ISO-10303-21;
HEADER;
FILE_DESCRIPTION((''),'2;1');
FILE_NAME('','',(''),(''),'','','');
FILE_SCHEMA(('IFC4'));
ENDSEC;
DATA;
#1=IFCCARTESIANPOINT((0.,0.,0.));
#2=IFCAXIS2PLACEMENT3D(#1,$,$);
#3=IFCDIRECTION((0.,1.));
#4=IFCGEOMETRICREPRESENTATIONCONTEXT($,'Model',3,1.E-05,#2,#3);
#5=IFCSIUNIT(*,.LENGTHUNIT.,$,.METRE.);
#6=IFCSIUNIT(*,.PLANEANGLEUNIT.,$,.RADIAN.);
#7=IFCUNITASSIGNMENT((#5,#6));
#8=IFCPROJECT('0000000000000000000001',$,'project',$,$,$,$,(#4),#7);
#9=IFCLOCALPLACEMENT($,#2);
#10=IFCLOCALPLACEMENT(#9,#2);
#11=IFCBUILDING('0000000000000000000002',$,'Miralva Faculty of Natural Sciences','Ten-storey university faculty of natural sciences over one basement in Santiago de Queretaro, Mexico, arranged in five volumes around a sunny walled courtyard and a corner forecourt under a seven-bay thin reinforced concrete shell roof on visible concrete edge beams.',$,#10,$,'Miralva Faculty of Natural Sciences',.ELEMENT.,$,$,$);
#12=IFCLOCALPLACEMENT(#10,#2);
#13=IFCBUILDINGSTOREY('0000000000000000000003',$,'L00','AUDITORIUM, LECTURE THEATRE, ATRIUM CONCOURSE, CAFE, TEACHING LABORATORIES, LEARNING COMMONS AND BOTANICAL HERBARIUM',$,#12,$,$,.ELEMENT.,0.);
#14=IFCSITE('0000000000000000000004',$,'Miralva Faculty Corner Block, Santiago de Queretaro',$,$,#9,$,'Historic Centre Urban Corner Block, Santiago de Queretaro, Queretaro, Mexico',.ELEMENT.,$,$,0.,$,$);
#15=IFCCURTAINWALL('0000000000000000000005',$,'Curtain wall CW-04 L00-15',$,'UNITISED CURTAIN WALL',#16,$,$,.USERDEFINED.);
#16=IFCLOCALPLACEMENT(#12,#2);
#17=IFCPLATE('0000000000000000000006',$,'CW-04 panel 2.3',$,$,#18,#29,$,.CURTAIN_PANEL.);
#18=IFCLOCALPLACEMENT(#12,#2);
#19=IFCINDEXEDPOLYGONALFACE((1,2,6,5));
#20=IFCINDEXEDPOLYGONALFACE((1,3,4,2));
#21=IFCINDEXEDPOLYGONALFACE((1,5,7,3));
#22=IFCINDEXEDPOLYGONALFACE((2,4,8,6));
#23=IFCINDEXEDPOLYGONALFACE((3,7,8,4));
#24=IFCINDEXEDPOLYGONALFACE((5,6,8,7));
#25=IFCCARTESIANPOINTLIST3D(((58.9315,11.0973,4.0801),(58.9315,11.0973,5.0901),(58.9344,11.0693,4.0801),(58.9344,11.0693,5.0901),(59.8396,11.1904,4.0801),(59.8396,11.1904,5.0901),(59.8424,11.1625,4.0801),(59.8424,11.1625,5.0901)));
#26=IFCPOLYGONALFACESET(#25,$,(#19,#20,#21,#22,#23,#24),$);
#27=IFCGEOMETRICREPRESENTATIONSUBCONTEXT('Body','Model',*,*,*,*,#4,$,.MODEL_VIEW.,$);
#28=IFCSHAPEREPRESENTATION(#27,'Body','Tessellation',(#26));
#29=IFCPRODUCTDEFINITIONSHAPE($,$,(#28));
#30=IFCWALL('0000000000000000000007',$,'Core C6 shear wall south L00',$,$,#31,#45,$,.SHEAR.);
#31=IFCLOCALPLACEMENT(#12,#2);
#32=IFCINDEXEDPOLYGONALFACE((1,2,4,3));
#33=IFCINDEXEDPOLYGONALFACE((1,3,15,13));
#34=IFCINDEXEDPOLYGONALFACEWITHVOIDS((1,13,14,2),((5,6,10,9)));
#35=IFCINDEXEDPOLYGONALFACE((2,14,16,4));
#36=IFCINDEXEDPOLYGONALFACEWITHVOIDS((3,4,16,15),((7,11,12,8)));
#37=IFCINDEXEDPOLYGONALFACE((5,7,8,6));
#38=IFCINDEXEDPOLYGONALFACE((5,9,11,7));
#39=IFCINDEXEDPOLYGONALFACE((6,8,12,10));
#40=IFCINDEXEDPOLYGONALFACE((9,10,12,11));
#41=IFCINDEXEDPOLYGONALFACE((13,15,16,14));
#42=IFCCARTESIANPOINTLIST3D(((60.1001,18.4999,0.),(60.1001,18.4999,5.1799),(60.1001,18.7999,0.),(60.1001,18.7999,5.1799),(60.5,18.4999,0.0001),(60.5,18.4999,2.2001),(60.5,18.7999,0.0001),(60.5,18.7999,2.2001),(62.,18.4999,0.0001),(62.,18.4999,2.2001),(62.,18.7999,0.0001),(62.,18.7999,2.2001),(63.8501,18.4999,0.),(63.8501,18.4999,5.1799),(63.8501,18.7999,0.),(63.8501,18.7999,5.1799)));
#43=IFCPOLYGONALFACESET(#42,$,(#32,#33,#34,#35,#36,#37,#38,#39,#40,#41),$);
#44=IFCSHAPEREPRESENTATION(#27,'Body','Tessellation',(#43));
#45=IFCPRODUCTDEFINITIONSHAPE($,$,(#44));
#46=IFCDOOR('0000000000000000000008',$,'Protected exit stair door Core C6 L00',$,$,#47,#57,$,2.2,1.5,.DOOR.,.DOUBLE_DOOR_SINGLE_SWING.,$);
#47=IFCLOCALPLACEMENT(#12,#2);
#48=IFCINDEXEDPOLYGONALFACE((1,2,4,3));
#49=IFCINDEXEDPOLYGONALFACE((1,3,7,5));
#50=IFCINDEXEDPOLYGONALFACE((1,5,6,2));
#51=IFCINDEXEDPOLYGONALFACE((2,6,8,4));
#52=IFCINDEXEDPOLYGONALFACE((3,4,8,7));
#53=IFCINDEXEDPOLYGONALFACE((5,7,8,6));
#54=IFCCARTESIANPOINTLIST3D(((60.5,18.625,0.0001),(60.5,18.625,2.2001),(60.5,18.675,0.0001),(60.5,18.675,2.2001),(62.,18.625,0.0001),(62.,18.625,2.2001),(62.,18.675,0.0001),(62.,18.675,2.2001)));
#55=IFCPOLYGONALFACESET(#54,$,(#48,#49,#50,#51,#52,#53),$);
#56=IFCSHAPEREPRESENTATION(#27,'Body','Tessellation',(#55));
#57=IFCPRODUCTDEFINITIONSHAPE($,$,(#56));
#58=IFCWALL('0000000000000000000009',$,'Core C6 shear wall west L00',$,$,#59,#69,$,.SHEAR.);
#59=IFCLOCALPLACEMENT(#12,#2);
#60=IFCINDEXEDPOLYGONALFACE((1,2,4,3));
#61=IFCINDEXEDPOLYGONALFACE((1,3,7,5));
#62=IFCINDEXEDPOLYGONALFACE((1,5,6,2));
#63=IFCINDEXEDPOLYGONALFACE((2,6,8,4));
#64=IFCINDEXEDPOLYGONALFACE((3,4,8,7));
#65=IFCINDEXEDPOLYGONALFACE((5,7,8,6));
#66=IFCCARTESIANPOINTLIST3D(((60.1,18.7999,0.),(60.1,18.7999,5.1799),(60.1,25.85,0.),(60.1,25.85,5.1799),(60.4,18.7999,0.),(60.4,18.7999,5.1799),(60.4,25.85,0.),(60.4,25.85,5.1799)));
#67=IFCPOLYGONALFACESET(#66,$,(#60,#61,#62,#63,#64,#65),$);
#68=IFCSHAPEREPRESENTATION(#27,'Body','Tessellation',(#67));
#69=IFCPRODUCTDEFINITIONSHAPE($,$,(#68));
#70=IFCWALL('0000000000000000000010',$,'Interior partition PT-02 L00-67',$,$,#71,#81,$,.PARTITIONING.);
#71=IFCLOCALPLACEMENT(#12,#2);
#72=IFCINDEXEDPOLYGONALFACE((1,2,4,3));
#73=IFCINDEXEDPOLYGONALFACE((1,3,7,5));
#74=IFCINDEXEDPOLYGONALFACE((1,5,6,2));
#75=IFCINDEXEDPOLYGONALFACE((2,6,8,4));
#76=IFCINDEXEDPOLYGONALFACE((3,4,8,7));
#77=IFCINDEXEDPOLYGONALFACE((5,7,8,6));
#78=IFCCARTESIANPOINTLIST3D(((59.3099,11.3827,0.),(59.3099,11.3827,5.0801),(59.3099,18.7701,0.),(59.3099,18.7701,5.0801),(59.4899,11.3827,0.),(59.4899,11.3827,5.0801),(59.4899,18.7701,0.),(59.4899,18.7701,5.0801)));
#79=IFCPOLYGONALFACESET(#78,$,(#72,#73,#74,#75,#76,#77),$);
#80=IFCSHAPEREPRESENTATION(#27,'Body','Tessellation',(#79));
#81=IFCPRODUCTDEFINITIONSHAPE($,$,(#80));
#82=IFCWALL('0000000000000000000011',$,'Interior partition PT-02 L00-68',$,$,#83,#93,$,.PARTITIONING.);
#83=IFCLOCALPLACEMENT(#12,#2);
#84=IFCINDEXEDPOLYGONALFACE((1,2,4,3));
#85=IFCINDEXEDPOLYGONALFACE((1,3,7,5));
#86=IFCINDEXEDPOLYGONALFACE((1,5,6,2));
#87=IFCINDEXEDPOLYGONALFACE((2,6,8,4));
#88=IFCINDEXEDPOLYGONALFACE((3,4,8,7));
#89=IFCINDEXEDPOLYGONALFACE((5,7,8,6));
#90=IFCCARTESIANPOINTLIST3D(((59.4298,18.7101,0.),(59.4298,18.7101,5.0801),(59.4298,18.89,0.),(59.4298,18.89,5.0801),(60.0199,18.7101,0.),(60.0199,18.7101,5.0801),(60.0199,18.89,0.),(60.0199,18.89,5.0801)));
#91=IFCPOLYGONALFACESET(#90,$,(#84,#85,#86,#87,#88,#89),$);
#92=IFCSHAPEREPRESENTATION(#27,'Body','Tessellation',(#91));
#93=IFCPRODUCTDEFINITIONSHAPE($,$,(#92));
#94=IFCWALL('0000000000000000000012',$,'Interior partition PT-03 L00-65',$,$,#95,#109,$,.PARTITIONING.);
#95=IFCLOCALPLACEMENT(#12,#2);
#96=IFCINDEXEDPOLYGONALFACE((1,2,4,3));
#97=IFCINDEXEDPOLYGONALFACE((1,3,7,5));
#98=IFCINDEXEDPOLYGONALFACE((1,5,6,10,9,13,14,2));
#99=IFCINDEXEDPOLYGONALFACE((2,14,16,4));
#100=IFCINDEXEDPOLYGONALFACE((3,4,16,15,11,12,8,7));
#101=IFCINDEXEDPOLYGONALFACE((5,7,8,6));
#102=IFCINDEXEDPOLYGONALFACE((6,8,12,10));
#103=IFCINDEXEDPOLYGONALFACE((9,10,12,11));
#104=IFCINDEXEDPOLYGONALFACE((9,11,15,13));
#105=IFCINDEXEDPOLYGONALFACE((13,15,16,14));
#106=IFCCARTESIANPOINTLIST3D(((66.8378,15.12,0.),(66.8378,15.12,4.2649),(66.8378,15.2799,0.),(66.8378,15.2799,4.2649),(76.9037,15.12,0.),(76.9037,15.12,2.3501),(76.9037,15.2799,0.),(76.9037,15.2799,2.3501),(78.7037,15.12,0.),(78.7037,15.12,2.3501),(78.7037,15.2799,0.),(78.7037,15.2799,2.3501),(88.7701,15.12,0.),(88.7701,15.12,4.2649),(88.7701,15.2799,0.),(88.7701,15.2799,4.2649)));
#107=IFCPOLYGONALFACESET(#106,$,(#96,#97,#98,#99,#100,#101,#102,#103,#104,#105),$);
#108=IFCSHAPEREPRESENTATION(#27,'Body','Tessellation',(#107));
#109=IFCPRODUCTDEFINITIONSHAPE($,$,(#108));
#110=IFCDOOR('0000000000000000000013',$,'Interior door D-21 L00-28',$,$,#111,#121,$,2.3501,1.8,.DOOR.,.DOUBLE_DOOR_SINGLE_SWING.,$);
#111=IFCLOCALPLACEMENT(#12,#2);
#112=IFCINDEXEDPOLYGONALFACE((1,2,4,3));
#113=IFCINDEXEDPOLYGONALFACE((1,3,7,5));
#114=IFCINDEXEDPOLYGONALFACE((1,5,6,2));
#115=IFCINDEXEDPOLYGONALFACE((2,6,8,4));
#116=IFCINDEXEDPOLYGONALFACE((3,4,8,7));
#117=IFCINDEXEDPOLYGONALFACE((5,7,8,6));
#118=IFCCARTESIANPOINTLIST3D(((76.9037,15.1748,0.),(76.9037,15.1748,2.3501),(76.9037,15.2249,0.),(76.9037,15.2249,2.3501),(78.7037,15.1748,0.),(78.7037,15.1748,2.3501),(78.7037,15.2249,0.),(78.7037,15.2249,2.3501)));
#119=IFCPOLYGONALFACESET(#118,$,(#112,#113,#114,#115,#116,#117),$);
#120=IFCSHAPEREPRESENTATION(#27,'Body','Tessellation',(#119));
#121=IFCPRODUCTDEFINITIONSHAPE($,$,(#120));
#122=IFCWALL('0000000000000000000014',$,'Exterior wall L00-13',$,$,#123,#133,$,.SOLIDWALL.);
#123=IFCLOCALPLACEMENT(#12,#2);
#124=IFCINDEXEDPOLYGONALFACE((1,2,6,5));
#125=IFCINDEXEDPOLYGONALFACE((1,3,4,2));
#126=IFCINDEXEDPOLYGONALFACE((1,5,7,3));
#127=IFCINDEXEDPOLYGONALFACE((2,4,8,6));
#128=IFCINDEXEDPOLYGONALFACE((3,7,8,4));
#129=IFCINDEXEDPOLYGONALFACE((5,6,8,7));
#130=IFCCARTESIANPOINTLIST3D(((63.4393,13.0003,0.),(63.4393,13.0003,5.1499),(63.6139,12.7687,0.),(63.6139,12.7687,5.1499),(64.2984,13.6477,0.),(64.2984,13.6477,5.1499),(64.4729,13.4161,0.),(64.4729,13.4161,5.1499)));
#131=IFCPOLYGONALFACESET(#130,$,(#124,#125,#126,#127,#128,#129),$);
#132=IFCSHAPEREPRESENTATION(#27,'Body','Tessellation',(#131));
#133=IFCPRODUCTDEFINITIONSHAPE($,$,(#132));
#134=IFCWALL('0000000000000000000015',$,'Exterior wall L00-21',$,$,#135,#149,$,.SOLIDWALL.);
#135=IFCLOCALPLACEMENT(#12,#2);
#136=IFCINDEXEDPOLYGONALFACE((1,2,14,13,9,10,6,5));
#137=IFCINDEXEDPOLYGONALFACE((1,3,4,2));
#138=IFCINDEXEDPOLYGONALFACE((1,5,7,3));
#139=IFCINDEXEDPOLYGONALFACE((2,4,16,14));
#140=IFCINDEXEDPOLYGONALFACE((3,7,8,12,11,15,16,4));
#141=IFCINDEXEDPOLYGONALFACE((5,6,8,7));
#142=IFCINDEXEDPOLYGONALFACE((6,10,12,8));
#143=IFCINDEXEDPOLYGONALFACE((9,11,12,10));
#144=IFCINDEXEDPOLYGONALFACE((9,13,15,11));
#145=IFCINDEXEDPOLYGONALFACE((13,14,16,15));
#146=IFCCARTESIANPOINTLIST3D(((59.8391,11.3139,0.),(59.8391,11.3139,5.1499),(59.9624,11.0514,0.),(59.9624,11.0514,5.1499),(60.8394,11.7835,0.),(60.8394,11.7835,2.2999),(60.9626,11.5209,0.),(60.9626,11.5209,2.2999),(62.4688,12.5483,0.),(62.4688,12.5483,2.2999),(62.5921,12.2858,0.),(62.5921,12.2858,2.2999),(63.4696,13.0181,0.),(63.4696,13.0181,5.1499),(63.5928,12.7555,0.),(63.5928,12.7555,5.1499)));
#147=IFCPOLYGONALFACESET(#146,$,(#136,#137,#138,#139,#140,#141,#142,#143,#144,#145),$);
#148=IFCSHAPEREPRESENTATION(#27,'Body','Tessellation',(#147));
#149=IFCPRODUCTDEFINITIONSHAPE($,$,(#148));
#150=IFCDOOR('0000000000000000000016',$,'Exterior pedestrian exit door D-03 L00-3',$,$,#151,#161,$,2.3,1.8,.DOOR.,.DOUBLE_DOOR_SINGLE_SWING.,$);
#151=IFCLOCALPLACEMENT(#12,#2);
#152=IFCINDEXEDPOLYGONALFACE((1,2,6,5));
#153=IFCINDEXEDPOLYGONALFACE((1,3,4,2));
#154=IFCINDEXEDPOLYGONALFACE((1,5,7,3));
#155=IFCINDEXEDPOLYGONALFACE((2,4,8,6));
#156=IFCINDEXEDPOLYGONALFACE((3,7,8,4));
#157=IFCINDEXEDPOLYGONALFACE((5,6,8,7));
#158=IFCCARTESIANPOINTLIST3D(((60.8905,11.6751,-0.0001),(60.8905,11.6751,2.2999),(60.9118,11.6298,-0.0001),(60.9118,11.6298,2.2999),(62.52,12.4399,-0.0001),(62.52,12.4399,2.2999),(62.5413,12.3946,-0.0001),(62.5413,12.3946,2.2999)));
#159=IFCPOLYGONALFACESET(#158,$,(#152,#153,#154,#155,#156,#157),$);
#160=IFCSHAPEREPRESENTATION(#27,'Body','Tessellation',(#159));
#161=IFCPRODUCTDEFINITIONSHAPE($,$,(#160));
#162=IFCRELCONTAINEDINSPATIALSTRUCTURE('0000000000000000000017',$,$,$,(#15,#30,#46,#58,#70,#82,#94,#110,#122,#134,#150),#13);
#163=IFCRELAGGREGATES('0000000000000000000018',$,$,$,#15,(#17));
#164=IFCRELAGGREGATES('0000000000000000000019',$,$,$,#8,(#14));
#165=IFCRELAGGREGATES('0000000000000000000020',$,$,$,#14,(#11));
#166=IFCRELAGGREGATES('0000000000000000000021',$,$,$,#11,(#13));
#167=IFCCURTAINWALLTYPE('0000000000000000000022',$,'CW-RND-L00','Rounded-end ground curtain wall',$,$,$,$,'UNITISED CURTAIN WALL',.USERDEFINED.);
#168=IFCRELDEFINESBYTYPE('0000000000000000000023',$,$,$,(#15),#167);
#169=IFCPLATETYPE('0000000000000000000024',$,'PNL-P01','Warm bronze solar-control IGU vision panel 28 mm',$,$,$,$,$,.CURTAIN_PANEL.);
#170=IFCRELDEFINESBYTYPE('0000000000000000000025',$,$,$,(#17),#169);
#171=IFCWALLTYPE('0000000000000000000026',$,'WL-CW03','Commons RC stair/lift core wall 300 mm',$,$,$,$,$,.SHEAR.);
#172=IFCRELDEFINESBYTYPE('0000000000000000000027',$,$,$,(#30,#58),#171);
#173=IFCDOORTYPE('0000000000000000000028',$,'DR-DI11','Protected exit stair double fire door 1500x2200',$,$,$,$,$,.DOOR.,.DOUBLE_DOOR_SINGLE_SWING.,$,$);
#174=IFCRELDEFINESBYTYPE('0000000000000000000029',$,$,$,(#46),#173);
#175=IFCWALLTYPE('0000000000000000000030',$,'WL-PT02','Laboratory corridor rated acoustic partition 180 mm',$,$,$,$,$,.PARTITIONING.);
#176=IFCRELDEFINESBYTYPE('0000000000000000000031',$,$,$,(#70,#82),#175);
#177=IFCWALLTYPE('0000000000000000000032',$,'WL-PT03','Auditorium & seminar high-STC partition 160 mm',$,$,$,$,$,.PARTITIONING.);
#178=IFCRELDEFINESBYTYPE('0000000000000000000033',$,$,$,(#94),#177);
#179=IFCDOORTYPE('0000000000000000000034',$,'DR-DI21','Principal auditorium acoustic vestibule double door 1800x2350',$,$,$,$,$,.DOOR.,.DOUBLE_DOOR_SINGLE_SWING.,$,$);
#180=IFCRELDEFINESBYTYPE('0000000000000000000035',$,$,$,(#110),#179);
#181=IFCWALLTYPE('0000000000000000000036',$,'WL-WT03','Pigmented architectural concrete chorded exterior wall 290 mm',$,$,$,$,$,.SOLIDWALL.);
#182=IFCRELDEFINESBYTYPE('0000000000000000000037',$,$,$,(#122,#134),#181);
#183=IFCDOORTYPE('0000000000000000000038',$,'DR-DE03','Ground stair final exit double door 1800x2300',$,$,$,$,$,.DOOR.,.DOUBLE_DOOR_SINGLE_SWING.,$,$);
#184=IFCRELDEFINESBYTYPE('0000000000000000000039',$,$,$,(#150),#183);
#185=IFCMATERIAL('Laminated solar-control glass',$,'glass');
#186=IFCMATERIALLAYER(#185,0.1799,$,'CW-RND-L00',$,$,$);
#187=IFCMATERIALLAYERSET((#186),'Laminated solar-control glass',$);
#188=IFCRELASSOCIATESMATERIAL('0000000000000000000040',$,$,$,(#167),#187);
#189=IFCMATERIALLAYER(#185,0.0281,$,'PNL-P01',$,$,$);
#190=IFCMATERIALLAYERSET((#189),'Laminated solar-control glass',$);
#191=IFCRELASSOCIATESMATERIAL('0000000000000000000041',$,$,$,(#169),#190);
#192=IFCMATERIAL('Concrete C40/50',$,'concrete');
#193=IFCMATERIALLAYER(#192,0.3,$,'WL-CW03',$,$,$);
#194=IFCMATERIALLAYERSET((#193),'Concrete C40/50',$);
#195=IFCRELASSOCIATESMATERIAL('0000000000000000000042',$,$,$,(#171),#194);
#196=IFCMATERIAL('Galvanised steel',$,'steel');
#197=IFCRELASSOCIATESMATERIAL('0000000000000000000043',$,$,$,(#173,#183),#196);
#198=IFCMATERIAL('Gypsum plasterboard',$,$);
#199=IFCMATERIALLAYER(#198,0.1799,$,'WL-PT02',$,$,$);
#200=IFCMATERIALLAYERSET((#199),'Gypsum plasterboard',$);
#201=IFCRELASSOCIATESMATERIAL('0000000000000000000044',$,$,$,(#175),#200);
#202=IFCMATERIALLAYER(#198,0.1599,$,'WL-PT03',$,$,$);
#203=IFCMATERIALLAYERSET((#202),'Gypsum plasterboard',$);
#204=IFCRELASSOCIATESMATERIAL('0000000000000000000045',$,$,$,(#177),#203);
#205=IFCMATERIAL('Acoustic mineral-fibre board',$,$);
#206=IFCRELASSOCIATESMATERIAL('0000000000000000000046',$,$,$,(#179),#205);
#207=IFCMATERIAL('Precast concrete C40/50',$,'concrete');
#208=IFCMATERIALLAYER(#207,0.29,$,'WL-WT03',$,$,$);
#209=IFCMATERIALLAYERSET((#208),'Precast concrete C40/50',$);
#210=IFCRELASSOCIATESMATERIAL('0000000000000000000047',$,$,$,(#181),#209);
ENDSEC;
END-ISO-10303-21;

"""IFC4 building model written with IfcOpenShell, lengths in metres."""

from ifc_helpers import new_model, si_unit, direction, frame, frame_2d, origin, origin_2d, place, context, subcontext, project, spatial, rectangle, extrude, material, layer, layer_set, type_object, element, fill, aggregate, save


model = new_model("IFC4")

# Units and contexts
model_context = context("Model", 3, precision=1e-05, world=origin(), true_north=direction((0.0, 1.0)))
body_context = subcontext(model_context, "Body", "Model", "MODEL_VIEW")
ifc_project = project(units=[si_unit("LENGTHUNIT", "METRE"), si_unit("PLANEANGLEUNIT", "RADIAN")], contexts=[model_context])

# Site, building, storey
site_placement = place(None, origin())
site = spatial("IfcSite", under=ifc_project, at=site_placement, Name="Miralva Faculty Corner Block, Santiago de Queretaro", LongName="Historic Centre Urban Corner Block, Santiago de Queretaro, Queretaro, Mexico", CompositionType="ELEMENT", RefElevation=0.0)
building_placement = place(site_placement, origin())
building = spatial("IfcBuilding", under=site, at=building_placement, Name="Miralva Faculty of Natural Sciences", Description="Ten-storey university faculty of natural sciences over one basement in Santiago de Queretaro, Mexico, arranged in five volumes around a sunny walled courtyard and a corner forecourt under a seven-bay thin reinforced concrete shell roof on visible concrete edge beams.", LongName="Miralva Faculty of Natural Sciences", CompositionType="ELEMENT")
storey_placement = place(building_placement, origin())
storey = spatial("IfcBuildingStorey", under=building, at=storey_placement, Name="L00", Description="AUDITORIUM, LECTURE THEATRE, ATRIUM CONCOURSE, CAFE, TEACHING LABORATORIES, LEARNING COMMONS AND BOTANICAL HERBARIUM", CompositionType="ELEMENT", Elevation=0.0)

# Shared definitions
ifc_material_1 = material(Name="Concrete C40/50", Category="concrete")

# Curtain wall, plate
ifc_material_2 = material(Name="Laminated solar-control glass", Category="glass")
ifc_layer_1 = layer(ifc_material_2, 0.1799, Name="CW-RND-L00")
ifc_layer_set_1 = layer_set([ifc_layer_1], Name="Laminated solar-control glass")
curtain_wall_type = type_object("IfcCurtainWallType", Name="CW-RND-L00", Description="Rounded-end ground curtain wall", ElementType="UNITISED CURTAIN WALL", PredefinedType="USERDEFINED", material=ifc_layer_set_1)
curtain_wall_placement = place(storey_placement, origin())
curtain_wall = element("IfcCurtainWall", 1, at=curtain_wall_placement, inside=storey, type_object=curtain_wall_type, Name="Curtain wall CW-04 L00-15", ObjectType="UNITISED CURTAIN WALL", PredefinedType="USERDEFINED")
ifc_layer_2 = layer(ifc_material_2, 0.0281, Name="PNL-P01")
ifc_layer_set_2 = layer_set([ifc_layer_2], Name="Laminated solar-control glass")
plate_type = type_object("IfcPlateType", Name="PNL-P01", Description="Warm bronze solar-control IGU vision panel 28 mm", PredefinedType="CURTAIN_PANEL", material=ifc_layer_set_2)
plate_1_placement = place(storey_placement, frame((59.387, 11.1299, 4.0801), z_axis=(0.0, 0.0, 1.0), x_axis=(0.994779, 0.102056, 0.0)))
plate_1 = element("IfcPlate", 2, at=plate_1_placement, type_object=plate_type, Name="CW-04 panel 2.3", PredefinedType="CURTAIN_PANEL", context=body_context, shape_type="SweptSolid", body=[
    extrude(rectangle(XDim=0.9128, YDim=0.0281, at=origin_2d()), origin(), (0.0, 0.0, 1.0), 1.01),
])
aggregate(curtain_wall, [plate_1])

# Wall, opening, door
ifc_layer_3 = layer(ifc_material_1, 0.3, Name="WL-CW03")
ifc_layer_set_3 = layer_set([ifc_layer_3], Name="Concrete C40/50")
wall_type_1 = type_object("IfcWallType", Name="WL-CW03", Description="Commons RC stair/lift core wall 300 mm", PredefinedType="SHEAR", material=ifc_layer_set_3)
wall_1_placement = place(storey_placement, frame((60.1001, 18.6499, 0.0), z_axis=(0.0, 0.0, 1.0), x_axis=(1.0, 0.0, 0.0)))
wall_1 = element("IfcWall", 3, at=wall_1_placement, inside=storey, type_object=wall_type_1, Name="Core C6 shear wall south L00", PredefinedType="SHEAR", context=body_context, shape_type="SweptSolid", body=[
    extrude(rectangle(XDim=3.75, YDim=0.3, at=frame_2d((1.875, 0.0))), origin(), (0.0, 0.0, 1.0), 5.1799),
])
opening_1_placement = place(wall_1_placement, frame((0.3999, 0.0, 0.0)))
opening_1 = element("IfcOpeningElement", 4, at=opening_1_placement, cuts=wall_1, PredefinedType="OPENING", context=body_context, shape_type="SweptSolid", body=[
    extrude(rectangle(XDim=1.5, YDim=2.2, at=frame_2d((0.75, 1.1001))), frame((0.0, 0.1599, 0.0), z_axis=(0.0, -1.0, 0.0), x_axis=(1.0, 0.0, 0.0)), (0.0, 0.0, 1.0), 0.3201),
])
ifc_material_3 = material(Name="Galvanised steel", Category="steel")
door_type_1 = type_object("IfcDoorType", Name="DR-DI11", Description="Protected exit stair double fire door 1500x2200", OperationType="DOUBLE_DOOR_SINGLE_SWING", PredefinedType="DOOR", material=ifc_material_3)
door_1_placement = place(opening_1_placement, frame((1.5, 0.0, 0.0), z_axis=(0.0, 0.0, 1.0), x_axis=(-1.0, 0.0, 0.0)))
door_1 = element("IfcDoor", 5, at=door_1_placement, inside=storey, type_object=door_type_1, Name="Protected exit stair door Core C6 L00", OperationType="DOUBLE_DOOR_SINGLE_SWING", OverallHeight=2.2, OverallWidth=1.5, PredefinedType="DOOR", context=body_context, shape_type="SweptSolid", body=[
    extrude(rectangle(XDim=1.5, YDim=2.2, at=frame_2d((0.75, 1.1001))), frame((0.0, 0.0249, 0.0), z_axis=(0.0, -1.0, 0.0), x_axis=(1.0, 0.0, 0.0)), (0.0, 0.0, 1.0), 0.05),
])
fill(opening_1, door_1)

# Walls
wall_2_placement = place(storey_placement, frame((60.25, 18.8, 0.0), z_axis=(0.0, 0.0, 1.0), x_axis=(0.0, 1.0, 0.0)))
element("IfcWall", 6, at=wall_2_placement, inside=storey, type_object=wall_type_1, Name="Core C6 shear wall west L00", PredefinedType="SHEAR", context=body_context, shape_type="SweptSolid", body=[
    extrude(rectangle(XDim=7.05, YDim=0.3, at=frame_2d((3.5249, 0.0))), origin(), (0.0, 0.0, 1.0), 5.1799),
])
ifc_material_4 = material(Name="Gypsum plasterboard")
ifc_layer_4 = layer(ifc_material_4, 0.1799, Name="WL-PT02")
ifc_layer_set_4 = layer_set([ifc_layer_4], Name="Gypsum plasterboard")
wall_type_2 = type_object("IfcWallType", Name="WL-PT02", Description="Laboratory corridor rated acoustic partition 180 mm", PredefinedType="PARTITIONING", material=ifc_layer_set_4)
wall_3_placement = place(storey_placement, frame((59.3999, 11.3826, 0.0), z_axis=(0.0, 0.0, 1.0), x_axis=(0.0, 1.0, 0.0)))
element("IfcWall", 7, at=wall_3_placement, inside=storey, type_object=wall_type_2, Name="Interior partition PT-02 L00-67", PredefinedType="PARTITIONING", context=body_context, shape_type="SweptSolid", body=[
    extrude(rectangle(XDim=7.3875, YDim=0.1799, at=frame_2d((3.6938, 0.0))), origin(), (0.0, 0.0, 1.0), 5.0801),
])
wall_4_placement = place(storey_placement, frame((59.4299, 18.8, 0.0), z_axis=(0.0, 0.0, 1.0), x_axis=(1.0, 0.0, 0.0)))
element("IfcWall", 8, at=wall_4_placement, inside=storey, type_object=wall_type_2, Name="Interior partition PT-02 L00-68", PredefinedType="PARTITIONING", context=body_context, shape_type="SweptSolid", body=[
    extrude(rectangle(XDim=0.5901, YDim=0.1799, at=frame_2d((0.2949, 0.0))), origin(), (0.0, 0.0, 1.0), 5.0801),
])

# Wall, opening, door
ifc_layer_5 = layer(ifc_material_4, 0.1599, Name="WL-PT03")
ifc_layer_set_5 = layer_set([ifc_layer_5], Name="Gypsum plasterboard")
wall_type_3 = type_object("IfcWallType", Name="WL-PT03", Description="Auditorium & seminar high-STC partition 160 mm", PredefinedType="PARTITIONING", material=ifc_layer_set_5)
wall_5_placement = place(storey_placement, frame((66.8376, 15.2, 0.0), z_axis=(0.0, 0.0, 1.0), x_axis=(1.0, 0.0, 0.0)))
wall_5 = element("IfcWall", 9, at=wall_5_placement, inside=storey, type_object=wall_type_3, Name="Interior partition PT-03 L00-65", PredefinedType="PARTITIONING", context=body_context, shape_type="SweptSolid", body=[
    extrude(rectangle(XDim=21.9324, YDim=0.1599, at=frame_2d((10.9663, 0.0))), origin(), (0.0, 0.0, 1.0), 4.2649),
])
opening_2_placement = place(wall_5_placement, frame((10.0662, 0.0, 0.0)))
opening_2 = element("IfcOpeningElement", 10, at=opening_2_placement, cuts=wall_5, PredefinedType="OPENING", context=body_context, shape_type="SweptSolid", body=[
    extrude(rectangle(XDim=1.8, YDim=2.3501, at=frame_2d((0.8999, 1.175))), frame((0.0, 0.0898, 0.0), z_axis=(0.0, -1.0, 0.0), x_axis=(1.0, 0.0, 0.0)), (0.0, 0.0, 1.0), 0.1799),
])
ifc_material_5 = material(Name="Acoustic mineral-fibre board")
door_type_2 = type_object("IfcDoorType", Name="DR-DI21", Description="Principal auditorium acoustic vestibule double door 1800x2350", OperationType="DOUBLE_DOOR_SINGLE_SWING", PredefinedType="DOOR", material=ifc_material_5)
door_2_placement = place(opening_2_placement, origin())
door_2 = element("IfcDoor", 11, at=door_2_placement, inside=storey, type_object=door_type_2, Name="Interior door D-21 L00-28", OperationType="DOUBLE_DOOR_SINGLE_SWING", OverallHeight=2.3501, OverallWidth=1.8, PredefinedType="DOOR", context=body_context, shape_type="SweptSolid", body=[
    extrude(rectangle(XDim=1.8, YDim=2.3501, at=frame_2d((0.8999, 1.175))), frame((0.0, 0.0249, 0.0), z_axis=(0.0, -1.0, 0.0), x_axis=(1.0, 0.0, 0.0)), (0.0, 0.0, 1.0), 0.05),
])
fill(opening_2, door_2)

# Wall
ifc_material_6 = material(Name="Precast concrete C40/50", Category="concrete")
ifc_layer_6 = layer(ifc_material_6, 0.29, Name="WL-WT03")
ifc_layer_set_6 = layer_set([ifc_layer_6], Name="Precast concrete C40/50")
wall_type_4 = type_object("IfcWallType", Name="WL-WT03", Description="Pigmented architectural concrete chorded exterior wall 290 mm", PredefinedType="SOLIDWALL", material=ifc_layer_set_6)
wall_6_placement = place(storey_placement, frame((63.5266, 12.8845, 0.0), z_axis=(0.0, 0.0, 1.0), x_axis=(0.798609, 0.60185, 0.0)))
element("IfcWall", 12, at=wall_6_placement, inside=storey, type_object=wall_type_4, Name="Exterior wall L00-13", PredefinedType="SOLIDWALL", context=body_context, shape_type="SweptSolid", body=[
    extrude(rectangle(XDim=1.0757, YDim=0.29, at=frame_2d((0.5378, 0.0))), origin(), (0.0, 0.0, 1.0), 5.1499),
])

# Wall, opening, door
wall_7_placement = place(storey_placement, frame((59.9006, 11.1826, 0.0), z_axis=(0.0, 0.0, 1.0), x_axis=(0.905232, 0.424917, 0.0)))
wall_7 = element("IfcWall", 13, at=wall_7_placement, inside=storey, type_object=wall_type_4, Name="Exterior wall L00-21", PredefinedType="SOLIDWALL", context=body_context, shape_type="SweptSolid", body=[
    extrude(rectangle(XDim=4.0105, YDim=0.29, at=frame_2d((2.0054, 0.0))), origin(), (0.0, 0.0, 1.0), 5.1499),
])
opening_3_placement = place(wall_7_placement, frame((1.1052, 0.0, 0.0)))
opening_3 = element("IfcOpeningElement", 14, at=opening_3_placement, cuts=wall_7, PredefinedType="OPENING", context=body_context, shape_type="SweptSolid", body=[
    extrude(rectangle(XDim=1.8, YDim=2.3, at=frame_2d((0.8999, 1.1499))), frame((0.0, 0.155, 0.0), z_axis=(0.0, -1.0, 0.0), x_axis=(1.0, 0.0, 0.0)), (0.0, 0.0, 1.0), 0.3101),
])
door_type_3 = type_object("IfcDoorType", Name="DR-DE03", Description="Ground stair final exit double door 1800x2300", OperationType="DOUBLE_DOOR_SINGLE_SWING", PredefinedType="DOOR", material=ifc_material_3)
door_3_placement = place(opening_3_placement, frame((1.8, 0.0, 0.0), z_axis=(0.0, 0.0, 1.0), x_axis=(-1.0, 0.0, 0.0)))
door_3 = element("IfcDoor", 15, at=door_3_placement, inside=storey, type_object=door_type_3, Name="Exterior pedestrian exit door D-03 L00-3", OperationType="DOUBLE_DOOR_SINGLE_SWING", OverallHeight=2.3, OverallWidth=1.8, PredefinedType="DOOR", context=body_context, shape_type="SweptSolid", body=[
    extrude(rectangle(XDim=1.8, YDim=2.3, at=frame_2d((0.8999, 1.1499))), frame((0.0, 0.0249, 0.0), z_axis=(0.0, -1.0, 0.0), x_axis=(1.0, 0.0, 0.0)), (0.0, 0.0, 1.0), 0.05),
])
fill(opening_3, door_3)

save(model, "model.ifc")
